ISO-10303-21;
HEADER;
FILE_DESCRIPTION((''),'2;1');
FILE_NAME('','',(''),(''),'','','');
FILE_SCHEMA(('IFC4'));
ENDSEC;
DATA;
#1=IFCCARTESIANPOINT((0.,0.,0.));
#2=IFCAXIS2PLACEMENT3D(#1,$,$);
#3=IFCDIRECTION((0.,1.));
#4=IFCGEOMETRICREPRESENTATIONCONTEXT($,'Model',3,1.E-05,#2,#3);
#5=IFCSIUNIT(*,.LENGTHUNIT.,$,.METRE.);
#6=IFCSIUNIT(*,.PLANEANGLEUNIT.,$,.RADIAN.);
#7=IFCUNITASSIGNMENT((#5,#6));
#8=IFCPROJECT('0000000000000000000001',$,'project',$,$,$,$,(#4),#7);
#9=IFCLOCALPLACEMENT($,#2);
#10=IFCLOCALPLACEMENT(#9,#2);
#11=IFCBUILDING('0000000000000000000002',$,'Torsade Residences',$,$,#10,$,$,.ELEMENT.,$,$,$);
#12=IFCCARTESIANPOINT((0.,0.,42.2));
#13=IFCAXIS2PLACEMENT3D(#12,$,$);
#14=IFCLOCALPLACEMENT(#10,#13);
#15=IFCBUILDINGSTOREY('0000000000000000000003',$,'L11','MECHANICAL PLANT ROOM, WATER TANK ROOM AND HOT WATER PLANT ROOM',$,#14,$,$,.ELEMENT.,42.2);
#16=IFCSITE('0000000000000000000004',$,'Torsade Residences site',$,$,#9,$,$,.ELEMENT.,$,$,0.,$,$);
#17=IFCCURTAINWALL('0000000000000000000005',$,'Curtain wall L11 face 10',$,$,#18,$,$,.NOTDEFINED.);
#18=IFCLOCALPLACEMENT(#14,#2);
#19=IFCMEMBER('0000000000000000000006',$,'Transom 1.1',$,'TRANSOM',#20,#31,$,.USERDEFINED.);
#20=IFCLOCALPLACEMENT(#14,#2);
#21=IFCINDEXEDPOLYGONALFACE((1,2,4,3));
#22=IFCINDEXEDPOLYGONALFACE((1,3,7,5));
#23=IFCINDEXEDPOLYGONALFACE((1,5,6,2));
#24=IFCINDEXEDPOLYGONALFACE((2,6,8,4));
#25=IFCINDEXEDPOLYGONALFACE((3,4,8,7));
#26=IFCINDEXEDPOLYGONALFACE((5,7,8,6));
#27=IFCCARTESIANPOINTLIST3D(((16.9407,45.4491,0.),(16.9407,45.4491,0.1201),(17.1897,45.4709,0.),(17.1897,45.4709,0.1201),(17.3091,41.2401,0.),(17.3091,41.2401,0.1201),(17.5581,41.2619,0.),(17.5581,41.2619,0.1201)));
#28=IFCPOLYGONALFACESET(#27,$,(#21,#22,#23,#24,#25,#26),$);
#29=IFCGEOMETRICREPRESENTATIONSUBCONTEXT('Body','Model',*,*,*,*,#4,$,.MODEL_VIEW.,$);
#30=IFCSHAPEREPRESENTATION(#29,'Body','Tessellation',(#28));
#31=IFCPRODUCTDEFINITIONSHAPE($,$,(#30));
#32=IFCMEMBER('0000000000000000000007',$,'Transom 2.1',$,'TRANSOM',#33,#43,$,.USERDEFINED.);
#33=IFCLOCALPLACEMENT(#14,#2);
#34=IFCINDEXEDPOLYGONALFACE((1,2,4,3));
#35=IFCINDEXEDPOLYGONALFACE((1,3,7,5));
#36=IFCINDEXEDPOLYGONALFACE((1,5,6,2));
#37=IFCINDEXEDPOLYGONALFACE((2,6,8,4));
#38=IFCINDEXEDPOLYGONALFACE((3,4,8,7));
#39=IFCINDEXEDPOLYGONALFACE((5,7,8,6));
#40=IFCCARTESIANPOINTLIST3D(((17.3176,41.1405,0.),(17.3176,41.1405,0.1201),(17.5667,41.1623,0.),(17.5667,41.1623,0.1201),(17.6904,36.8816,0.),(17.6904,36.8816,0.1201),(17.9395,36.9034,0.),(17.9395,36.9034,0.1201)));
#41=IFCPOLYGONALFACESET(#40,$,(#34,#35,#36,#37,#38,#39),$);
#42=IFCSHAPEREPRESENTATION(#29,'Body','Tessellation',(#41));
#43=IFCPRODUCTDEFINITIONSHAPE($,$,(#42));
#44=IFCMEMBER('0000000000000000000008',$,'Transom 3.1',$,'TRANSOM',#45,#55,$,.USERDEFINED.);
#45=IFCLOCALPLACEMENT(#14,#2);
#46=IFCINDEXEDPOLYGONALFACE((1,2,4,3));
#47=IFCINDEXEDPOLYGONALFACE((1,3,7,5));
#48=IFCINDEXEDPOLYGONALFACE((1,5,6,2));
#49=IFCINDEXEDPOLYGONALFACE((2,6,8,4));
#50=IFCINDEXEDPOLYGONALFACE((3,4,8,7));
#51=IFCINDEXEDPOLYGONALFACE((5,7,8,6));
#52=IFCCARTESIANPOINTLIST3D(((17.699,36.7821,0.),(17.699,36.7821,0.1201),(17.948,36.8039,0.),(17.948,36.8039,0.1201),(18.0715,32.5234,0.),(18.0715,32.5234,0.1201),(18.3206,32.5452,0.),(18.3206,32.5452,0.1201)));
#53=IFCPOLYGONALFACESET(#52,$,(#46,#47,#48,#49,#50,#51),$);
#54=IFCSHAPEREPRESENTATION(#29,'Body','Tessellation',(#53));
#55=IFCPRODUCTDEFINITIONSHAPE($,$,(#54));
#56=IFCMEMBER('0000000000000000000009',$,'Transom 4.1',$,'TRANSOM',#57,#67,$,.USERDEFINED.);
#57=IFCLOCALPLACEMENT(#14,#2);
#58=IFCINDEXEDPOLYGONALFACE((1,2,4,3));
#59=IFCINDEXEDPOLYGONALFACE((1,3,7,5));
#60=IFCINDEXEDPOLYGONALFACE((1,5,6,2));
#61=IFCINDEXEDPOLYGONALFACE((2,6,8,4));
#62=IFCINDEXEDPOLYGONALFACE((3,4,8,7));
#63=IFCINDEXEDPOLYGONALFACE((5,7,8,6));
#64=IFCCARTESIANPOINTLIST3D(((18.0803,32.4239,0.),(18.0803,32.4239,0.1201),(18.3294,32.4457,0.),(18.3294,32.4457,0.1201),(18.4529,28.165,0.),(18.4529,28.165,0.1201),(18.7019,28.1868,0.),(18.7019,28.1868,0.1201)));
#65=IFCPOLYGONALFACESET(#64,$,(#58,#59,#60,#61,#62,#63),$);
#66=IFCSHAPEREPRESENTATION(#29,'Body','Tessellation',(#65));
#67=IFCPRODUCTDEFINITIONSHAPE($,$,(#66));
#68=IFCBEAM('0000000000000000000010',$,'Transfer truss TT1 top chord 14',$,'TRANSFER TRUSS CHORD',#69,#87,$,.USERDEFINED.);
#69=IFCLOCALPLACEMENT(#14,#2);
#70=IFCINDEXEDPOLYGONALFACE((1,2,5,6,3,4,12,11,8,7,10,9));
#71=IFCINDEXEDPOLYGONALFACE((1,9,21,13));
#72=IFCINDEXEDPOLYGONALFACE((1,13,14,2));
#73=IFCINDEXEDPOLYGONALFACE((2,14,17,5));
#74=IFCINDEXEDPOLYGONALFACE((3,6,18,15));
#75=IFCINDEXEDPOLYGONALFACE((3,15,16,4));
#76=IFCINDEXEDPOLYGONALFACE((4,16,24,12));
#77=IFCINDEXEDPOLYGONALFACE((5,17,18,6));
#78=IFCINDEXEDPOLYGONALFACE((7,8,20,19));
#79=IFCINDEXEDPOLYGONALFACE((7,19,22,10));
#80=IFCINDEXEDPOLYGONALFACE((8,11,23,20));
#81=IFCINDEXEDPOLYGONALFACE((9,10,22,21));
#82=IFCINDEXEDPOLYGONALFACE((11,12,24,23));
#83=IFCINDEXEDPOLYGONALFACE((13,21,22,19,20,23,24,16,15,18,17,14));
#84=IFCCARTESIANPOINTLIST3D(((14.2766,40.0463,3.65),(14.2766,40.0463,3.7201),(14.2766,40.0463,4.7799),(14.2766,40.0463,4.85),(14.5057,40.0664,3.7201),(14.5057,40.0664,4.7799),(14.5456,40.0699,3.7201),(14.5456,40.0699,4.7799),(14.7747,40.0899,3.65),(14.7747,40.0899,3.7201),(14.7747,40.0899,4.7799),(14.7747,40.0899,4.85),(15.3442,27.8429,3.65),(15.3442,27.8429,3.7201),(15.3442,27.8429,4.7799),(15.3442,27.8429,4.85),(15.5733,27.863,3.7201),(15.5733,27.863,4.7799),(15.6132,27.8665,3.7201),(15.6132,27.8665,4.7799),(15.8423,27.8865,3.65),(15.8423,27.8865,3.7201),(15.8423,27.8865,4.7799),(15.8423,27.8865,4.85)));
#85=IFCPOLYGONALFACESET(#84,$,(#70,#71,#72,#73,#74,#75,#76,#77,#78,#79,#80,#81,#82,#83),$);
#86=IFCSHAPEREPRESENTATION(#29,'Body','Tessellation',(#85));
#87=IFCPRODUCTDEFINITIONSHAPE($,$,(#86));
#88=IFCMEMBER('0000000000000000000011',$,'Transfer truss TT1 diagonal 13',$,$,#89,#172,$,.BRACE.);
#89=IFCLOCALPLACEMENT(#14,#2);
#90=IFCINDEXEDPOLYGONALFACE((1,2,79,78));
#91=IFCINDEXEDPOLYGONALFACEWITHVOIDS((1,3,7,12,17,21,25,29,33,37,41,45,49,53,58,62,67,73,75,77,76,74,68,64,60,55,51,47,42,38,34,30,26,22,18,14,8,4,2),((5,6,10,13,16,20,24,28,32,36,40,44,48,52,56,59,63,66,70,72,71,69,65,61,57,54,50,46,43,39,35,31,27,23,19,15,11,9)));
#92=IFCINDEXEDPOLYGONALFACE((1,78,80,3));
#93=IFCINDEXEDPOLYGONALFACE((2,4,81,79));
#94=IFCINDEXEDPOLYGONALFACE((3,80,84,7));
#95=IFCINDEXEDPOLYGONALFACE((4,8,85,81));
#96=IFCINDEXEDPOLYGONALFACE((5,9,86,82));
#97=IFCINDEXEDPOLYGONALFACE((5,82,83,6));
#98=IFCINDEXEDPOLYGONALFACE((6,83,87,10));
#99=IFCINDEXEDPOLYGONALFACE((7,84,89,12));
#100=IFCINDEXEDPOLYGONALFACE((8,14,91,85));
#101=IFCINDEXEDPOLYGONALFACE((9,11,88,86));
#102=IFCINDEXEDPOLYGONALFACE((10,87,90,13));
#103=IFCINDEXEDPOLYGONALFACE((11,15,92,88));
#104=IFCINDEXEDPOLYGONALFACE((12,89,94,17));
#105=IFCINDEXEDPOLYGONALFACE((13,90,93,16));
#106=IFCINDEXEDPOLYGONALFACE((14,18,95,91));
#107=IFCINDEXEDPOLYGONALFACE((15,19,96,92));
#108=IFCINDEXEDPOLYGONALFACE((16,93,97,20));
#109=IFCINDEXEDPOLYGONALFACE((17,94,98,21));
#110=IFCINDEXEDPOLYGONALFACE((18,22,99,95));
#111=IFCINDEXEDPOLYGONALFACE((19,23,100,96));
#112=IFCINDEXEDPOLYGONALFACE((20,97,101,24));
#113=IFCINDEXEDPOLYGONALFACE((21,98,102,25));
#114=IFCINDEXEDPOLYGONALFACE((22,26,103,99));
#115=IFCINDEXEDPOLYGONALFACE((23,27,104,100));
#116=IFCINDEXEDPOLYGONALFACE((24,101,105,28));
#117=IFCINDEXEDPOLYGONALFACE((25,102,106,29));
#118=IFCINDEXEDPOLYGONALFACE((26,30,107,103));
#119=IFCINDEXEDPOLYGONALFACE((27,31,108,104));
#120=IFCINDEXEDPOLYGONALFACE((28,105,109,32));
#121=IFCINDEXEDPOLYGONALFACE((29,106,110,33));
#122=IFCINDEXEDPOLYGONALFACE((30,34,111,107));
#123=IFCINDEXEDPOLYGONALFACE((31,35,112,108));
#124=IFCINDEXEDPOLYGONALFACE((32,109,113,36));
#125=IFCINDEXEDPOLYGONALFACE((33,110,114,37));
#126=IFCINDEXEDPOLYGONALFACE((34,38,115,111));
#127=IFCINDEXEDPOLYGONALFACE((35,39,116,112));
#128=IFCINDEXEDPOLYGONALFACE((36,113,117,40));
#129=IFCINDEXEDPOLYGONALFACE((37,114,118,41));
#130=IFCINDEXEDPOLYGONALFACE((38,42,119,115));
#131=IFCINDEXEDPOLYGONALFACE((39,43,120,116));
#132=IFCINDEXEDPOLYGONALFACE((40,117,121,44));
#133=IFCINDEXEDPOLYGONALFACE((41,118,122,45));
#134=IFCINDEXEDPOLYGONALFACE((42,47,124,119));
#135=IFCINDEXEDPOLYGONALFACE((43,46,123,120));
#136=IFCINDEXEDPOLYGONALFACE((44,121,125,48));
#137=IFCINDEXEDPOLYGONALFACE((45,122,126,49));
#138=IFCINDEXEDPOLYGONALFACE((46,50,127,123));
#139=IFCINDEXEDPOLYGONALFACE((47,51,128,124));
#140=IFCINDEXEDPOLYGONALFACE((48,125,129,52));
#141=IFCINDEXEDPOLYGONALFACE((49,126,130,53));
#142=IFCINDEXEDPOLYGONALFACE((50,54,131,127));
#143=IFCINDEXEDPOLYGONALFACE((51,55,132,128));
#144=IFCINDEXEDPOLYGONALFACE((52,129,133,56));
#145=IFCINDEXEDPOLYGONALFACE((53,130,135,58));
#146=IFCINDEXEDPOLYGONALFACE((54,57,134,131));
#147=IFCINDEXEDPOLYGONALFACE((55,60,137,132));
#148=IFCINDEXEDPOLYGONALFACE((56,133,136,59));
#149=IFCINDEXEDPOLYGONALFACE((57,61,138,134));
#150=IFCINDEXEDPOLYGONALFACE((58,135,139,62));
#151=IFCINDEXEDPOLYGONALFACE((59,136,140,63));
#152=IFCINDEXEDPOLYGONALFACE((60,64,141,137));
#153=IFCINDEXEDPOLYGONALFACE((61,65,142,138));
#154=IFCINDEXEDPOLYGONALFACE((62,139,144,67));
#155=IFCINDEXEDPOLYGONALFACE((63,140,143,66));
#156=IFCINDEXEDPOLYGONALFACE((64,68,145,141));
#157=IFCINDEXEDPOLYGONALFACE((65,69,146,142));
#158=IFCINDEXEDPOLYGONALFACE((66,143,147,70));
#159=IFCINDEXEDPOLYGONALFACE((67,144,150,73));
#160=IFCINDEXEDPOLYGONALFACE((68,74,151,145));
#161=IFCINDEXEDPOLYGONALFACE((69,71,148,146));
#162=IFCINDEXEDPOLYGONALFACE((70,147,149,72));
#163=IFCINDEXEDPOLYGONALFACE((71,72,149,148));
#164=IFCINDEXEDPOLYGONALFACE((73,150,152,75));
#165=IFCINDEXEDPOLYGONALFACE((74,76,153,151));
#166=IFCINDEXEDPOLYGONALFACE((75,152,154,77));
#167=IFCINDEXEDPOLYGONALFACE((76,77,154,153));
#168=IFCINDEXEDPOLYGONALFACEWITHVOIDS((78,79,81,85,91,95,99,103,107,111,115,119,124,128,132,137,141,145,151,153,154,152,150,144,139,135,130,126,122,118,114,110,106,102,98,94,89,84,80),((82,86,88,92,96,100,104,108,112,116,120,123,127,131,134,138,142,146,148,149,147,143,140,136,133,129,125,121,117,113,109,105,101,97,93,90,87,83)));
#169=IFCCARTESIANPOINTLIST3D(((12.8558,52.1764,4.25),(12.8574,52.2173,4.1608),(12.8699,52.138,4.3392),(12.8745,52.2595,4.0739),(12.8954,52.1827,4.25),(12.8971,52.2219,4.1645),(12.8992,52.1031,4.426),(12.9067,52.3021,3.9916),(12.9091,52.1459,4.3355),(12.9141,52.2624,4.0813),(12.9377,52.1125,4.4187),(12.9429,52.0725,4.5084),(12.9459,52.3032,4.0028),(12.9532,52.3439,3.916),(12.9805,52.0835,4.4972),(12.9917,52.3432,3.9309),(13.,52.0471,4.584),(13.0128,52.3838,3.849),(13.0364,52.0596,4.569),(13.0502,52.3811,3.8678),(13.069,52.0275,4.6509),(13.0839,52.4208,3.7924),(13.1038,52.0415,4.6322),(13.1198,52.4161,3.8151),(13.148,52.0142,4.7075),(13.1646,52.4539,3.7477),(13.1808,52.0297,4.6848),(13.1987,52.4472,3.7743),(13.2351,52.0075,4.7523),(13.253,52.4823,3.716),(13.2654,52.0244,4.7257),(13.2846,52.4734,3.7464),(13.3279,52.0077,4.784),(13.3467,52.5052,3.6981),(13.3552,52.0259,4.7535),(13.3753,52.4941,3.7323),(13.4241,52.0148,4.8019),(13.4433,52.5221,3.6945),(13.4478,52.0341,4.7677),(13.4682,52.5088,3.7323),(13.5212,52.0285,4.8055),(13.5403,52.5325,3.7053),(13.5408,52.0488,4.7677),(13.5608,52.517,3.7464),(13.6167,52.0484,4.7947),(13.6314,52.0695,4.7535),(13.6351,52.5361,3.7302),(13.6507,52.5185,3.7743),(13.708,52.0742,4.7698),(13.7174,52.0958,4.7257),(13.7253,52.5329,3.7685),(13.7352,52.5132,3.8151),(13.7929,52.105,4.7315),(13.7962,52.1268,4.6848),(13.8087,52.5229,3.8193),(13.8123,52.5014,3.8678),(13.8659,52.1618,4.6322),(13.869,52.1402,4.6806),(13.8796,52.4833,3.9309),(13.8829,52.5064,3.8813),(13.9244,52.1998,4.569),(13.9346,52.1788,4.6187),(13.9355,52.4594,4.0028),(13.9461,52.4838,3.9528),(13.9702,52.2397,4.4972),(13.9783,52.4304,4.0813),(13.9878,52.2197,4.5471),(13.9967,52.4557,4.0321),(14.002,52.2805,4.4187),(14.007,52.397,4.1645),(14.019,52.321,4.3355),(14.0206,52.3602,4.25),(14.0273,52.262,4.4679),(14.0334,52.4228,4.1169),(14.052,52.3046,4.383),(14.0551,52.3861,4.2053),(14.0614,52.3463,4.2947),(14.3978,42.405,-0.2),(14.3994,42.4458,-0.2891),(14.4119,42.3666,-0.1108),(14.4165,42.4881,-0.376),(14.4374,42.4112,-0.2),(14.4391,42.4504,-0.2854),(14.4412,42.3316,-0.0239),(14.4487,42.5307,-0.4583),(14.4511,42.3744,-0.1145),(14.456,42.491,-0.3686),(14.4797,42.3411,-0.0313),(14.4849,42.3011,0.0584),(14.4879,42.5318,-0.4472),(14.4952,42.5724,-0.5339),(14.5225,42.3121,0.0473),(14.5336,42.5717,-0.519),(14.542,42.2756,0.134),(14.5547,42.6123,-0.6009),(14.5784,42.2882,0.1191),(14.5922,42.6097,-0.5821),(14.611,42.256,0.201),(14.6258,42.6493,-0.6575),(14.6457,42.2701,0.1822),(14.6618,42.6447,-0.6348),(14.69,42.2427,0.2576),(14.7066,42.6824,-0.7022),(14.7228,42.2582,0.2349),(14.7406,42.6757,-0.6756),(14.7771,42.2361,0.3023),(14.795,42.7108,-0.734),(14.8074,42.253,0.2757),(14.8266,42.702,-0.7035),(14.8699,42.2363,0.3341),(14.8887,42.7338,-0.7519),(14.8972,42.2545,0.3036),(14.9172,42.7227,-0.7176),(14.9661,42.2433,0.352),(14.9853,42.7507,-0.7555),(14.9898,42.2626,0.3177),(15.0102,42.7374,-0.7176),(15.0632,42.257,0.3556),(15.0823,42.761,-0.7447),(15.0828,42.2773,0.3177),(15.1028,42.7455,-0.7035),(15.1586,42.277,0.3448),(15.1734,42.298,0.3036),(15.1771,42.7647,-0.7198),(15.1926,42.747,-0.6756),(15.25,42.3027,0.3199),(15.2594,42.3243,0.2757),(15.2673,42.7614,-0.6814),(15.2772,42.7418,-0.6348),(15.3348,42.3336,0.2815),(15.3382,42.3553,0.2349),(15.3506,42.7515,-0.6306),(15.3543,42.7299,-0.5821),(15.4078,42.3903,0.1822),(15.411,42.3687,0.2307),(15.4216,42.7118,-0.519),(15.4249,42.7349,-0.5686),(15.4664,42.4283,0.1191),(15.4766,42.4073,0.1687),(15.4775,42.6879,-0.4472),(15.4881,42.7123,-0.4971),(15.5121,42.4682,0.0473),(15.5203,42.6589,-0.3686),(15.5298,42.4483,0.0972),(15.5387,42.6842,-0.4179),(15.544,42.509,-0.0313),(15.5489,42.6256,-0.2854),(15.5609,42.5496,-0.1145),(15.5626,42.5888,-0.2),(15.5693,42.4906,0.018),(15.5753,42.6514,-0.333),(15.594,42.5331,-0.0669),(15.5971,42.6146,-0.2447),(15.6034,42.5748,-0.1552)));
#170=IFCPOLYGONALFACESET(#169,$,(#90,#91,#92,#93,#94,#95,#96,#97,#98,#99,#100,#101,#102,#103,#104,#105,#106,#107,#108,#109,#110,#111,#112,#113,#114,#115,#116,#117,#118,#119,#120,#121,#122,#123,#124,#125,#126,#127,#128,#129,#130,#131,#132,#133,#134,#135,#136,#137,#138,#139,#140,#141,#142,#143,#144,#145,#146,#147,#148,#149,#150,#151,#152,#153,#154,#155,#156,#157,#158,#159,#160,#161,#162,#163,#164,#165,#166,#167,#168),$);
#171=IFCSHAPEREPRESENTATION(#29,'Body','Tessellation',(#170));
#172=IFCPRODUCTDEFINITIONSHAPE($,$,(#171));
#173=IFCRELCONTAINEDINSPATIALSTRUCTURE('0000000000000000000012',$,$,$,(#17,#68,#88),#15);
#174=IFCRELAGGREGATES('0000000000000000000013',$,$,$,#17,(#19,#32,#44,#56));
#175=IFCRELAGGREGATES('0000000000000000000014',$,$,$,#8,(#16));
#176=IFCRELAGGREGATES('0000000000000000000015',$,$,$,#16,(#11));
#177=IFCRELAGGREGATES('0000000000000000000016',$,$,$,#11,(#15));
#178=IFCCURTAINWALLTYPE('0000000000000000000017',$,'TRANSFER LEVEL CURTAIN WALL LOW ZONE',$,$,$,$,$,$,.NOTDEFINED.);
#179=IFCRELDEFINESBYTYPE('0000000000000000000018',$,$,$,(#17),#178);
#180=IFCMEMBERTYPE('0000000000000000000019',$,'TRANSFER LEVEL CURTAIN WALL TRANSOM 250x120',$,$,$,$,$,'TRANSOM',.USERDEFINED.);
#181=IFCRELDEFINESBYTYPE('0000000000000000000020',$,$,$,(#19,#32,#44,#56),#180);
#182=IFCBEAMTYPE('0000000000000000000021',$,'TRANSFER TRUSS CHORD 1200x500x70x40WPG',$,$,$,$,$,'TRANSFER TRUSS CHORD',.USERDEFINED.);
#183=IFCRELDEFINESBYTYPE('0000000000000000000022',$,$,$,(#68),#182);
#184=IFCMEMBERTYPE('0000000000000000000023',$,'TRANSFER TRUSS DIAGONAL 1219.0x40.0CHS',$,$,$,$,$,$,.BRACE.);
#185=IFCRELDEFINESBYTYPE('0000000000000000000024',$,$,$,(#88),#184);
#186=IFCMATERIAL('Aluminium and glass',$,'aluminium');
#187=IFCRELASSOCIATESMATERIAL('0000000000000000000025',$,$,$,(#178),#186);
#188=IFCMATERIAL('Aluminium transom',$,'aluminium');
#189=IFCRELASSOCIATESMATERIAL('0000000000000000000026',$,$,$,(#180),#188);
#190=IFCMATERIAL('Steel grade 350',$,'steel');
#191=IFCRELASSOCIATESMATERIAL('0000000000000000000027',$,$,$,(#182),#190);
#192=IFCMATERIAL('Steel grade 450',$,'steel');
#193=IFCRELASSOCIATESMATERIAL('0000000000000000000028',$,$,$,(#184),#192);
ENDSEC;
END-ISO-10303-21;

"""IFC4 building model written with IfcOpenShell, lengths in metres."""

from ifc_helpers import new_model, si_unit, direction, frame, origin, origin_2d, place, context, subcontext, project, spatial, rectangle, hollow_circle, i_section, extrude, material, material_profile, profile_set, type_object, element, aggregate, save


model = new_model("IFC4")

# Units and contexts
model_context = context("Model", 3, precision=1e-05, world=origin(), true_north=direction((0.0, 1.0)))
body_context = subcontext(model_context, "Body", "Model", "MODEL_VIEW")
ifc_project = project(units=[si_unit("LENGTHUNIT", "METRE"), si_unit("PLANEANGLEUNIT", "RADIAN")], contexts=[model_context])

# Site, building, storey
site_placement = place(None, origin())
site = spatial("IfcSite", under=ifc_project, at=site_placement, Name="Torsade Residences site", CompositionType="ELEMENT", RefElevation=0.0)
building_placement = place(site_placement, origin())
building = spatial("IfcBuilding", under=site, at=building_placement, Name="Torsade Residences", CompositionType="ELEMENT")
storey_placement = place(building_placement, frame((0.0, 0.0, 42.2)))
storey = spatial("IfcBuildingStorey", under=building, at=storey_placement, Name="L11", Description="MECHANICAL PLANT ROOM, WATER TANK ROOM AND HOT WATER PLANT ROOM", CompositionType="ELEMENT", Elevation=42.2)

# Curtain wall, members
ifc_material_1 = material(Name="Aluminium and glass", Category="aluminium")
curtain_wall_type = type_object("IfcCurtainWallType", Name="TRANSFER LEVEL CURTAIN WALL LOW ZONE", PredefinedType="NOTDEFINED", material=ifc_material_1)
curtain_wall_placement = place(storey_placement, origin())
curtain_wall = element("IfcCurtainWall", 1, at=curtain_wall_placement, inside=storey, type_object=curtain_wall_type, Name="Curtain wall L11 face 10", PredefinedType="NOTDEFINED")
ifc_material_2 = material(Name="Aluminium transom", Category="aluminium")
ifc_material_profile_1 = material_profile(ifc_material_2, rectangle(XDim=0.25, YDim=0.1201, at=origin_2d()), Name="TRANSFER LEVEL CURTAIN WALL TRANSOM 250x120")
ifc_profile_set_1 = profile_set([ifc_material_profile_1], Name="Aluminium transom")
member_type_1 = type_object("IfcMemberType", Name="TRANSFER LEVEL CURTAIN WALL TRANSOM 250x120", ElementType="TRANSOM", PredefinedType="USERDEFINED", material=ifc_profile_set_1)
member_1_placement = place(storey_placement, frame((17.0652, 45.46, 0.0601), z_axis=(0.087196, -0.996191, 0.0), x_axis=(0.996191, 0.087196, 0.0)))
member_1 = element("IfcMember", 2, at=member_1_placement, type_object=member_type_1, Name="Transom 1.1", ObjectType="TRANSOM", PredefinedType="USERDEFINED", context=body_context, shape_type="SweptSolid", body=[
    extrude(rectangle(XDim=0.25, YDim=0.1201, at=origin_2d()), origin(), (0.0, 0.0, 1.0), 4.2251),
])
member_2_placement = place(storey_placement, frame((17.4421, 41.1514, 0.0601), z_axis=(0.087204, -0.99619, 0.0), x_axis=(0.99619, 0.087204, 0.0)))
member_2 = element("IfcMember", 3, at=member_2_placement, type_object=member_type_1, Name="Transom 2.1", ObjectType="TRANSOM", PredefinedType="USERDEFINED", context=body_context, shape_type="SweptSolid", body=[
    extrude(rectangle(XDim=0.25, YDim=0.1201, at=origin_2d()), origin(), (0.0, 0.0, 1.0), 4.2751),
])
member_3_placement = place(storey_placement, frame((17.8235, 36.793, 0.0601), z_axis=(0.087152, -0.996195, 0.0), x_axis=(0.996195, 0.087152, 0.0)))
member_3 = element("IfcMember", 4, at=member_3_placement, type_object=member_type_1, Name="Transom 3.1", ObjectType="TRANSOM", PredefinedType="USERDEFINED", context=body_context, shape_type="SweptSolid", body=[
    extrude(rectangle(XDim=0.25, YDim=0.1201, at=origin_2d()), origin(), (0.0, 0.0, 1.0), 4.2749),
])
member_4_placement = place(storey_placement, frame((18.2048, 32.4348, 0.0601), z_axis=(0.087147, -0.996195, 0.0), x_axis=(0.996195, 0.087147, 0.0)))
member_4 = element("IfcMember", 5, at=member_4_placement, type_object=member_type_1, Name="Transom 4.1", ObjectType="TRANSOM", PredefinedType="USERDEFINED", context=body_context, shape_type="SweptSolid", body=[
    extrude(rectangle(XDim=0.25, YDim=0.1201, at=origin_2d()), origin(), (0.0, 0.0, 1.0), 4.2751),
])

# Beam
ifc_material_3 = material(Name="Steel grade 350", Category="steel")
ifc_material_profile_2 = material_profile(ifc_material_3, i_section(OverallWidth=0.5, OverallDepth=1.2, WebThickness=0.04, FlangeThickness=0.0701, at=origin_2d()), Name="1200x500x70x40WPG")
ifc_profile_set_2 = profile_set([ifc_material_profile_2], Name="Steel grade 350")
beam_type_1 = type_object("IfcBeamType", Name="TRANSFER TRUSS CHORD 1200x500x70x40WPG", ElementType="TRANSFER TRUSS CHORD", PredefinedType="USERDEFINED", material=ifc_profile_set_2)
beam_1_placement = place(storey_placement, frame((14.5256, 40.0681, 4.25), z_axis=(0.087153, -0.996195, 0.0), x_axis=(0.996195, 0.087153, 0.0)))
element("IfcBeam", 6, at=beam_1_placement, inside=storey, type_object=beam_type_1, Name="Transfer truss TT1 top chord 14", ObjectType="TRANSFER TRUSS CHORD", PredefinedType="USERDEFINED", context=body_context, shape_type="SweptSolid", body=[
    extrude(i_section(OverallWidth=0.5, OverallDepth=1.2, WebThickness=0.04, FlangeThickness=0.0701, at=origin_2d()), origin(), (0.0, 0.0, 1.0), 12.25),
])

# Member
ifc_material_4 = material(Name="Steel grade 450", Category="steel")
ifc_material_profile_3 = material_profile(ifc_material_4, hollow_circle(Radius=0.6096, WallThickness=0.04, at=origin_2d()), Name="1219.0x40.0CHS")
ifc_profile_set_3 = profile_set([ifc_material_profile_3], Name="Steel grade 450")
member_type_2 = type_object("IfcMemberType", Name="TRANSFER TRUSS DIAGONAL 1219.0x40.0CHS", PredefinedType="BRACE", material=ifc_profile_set_3)
member_5_placement = place(storey_placement, frame((15.0, 42.5, -0.2), z_axis=(-0.142156, 0.90083, 0.41024), x_axis=(-0.987777, -0.155876, 0.0)))
element("IfcMember", 7, at=member_5_placement, inside=storey, type_object=member_type_2, Name="Transfer truss TT1 diagonal 13", PredefinedType="BRACE", context=body_context, shape_type="SweptSolid", body=[
    extrude(hollow_circle(Radius=0.6096, WallThickness=0.04, at=origin_2d()), origin(), (0.0, 0.0, 1.0), 10.8472),
])

aggregate(curtain_wall, [member_1, member_2, member_3, member_4])

save(model, "model.ifc")
